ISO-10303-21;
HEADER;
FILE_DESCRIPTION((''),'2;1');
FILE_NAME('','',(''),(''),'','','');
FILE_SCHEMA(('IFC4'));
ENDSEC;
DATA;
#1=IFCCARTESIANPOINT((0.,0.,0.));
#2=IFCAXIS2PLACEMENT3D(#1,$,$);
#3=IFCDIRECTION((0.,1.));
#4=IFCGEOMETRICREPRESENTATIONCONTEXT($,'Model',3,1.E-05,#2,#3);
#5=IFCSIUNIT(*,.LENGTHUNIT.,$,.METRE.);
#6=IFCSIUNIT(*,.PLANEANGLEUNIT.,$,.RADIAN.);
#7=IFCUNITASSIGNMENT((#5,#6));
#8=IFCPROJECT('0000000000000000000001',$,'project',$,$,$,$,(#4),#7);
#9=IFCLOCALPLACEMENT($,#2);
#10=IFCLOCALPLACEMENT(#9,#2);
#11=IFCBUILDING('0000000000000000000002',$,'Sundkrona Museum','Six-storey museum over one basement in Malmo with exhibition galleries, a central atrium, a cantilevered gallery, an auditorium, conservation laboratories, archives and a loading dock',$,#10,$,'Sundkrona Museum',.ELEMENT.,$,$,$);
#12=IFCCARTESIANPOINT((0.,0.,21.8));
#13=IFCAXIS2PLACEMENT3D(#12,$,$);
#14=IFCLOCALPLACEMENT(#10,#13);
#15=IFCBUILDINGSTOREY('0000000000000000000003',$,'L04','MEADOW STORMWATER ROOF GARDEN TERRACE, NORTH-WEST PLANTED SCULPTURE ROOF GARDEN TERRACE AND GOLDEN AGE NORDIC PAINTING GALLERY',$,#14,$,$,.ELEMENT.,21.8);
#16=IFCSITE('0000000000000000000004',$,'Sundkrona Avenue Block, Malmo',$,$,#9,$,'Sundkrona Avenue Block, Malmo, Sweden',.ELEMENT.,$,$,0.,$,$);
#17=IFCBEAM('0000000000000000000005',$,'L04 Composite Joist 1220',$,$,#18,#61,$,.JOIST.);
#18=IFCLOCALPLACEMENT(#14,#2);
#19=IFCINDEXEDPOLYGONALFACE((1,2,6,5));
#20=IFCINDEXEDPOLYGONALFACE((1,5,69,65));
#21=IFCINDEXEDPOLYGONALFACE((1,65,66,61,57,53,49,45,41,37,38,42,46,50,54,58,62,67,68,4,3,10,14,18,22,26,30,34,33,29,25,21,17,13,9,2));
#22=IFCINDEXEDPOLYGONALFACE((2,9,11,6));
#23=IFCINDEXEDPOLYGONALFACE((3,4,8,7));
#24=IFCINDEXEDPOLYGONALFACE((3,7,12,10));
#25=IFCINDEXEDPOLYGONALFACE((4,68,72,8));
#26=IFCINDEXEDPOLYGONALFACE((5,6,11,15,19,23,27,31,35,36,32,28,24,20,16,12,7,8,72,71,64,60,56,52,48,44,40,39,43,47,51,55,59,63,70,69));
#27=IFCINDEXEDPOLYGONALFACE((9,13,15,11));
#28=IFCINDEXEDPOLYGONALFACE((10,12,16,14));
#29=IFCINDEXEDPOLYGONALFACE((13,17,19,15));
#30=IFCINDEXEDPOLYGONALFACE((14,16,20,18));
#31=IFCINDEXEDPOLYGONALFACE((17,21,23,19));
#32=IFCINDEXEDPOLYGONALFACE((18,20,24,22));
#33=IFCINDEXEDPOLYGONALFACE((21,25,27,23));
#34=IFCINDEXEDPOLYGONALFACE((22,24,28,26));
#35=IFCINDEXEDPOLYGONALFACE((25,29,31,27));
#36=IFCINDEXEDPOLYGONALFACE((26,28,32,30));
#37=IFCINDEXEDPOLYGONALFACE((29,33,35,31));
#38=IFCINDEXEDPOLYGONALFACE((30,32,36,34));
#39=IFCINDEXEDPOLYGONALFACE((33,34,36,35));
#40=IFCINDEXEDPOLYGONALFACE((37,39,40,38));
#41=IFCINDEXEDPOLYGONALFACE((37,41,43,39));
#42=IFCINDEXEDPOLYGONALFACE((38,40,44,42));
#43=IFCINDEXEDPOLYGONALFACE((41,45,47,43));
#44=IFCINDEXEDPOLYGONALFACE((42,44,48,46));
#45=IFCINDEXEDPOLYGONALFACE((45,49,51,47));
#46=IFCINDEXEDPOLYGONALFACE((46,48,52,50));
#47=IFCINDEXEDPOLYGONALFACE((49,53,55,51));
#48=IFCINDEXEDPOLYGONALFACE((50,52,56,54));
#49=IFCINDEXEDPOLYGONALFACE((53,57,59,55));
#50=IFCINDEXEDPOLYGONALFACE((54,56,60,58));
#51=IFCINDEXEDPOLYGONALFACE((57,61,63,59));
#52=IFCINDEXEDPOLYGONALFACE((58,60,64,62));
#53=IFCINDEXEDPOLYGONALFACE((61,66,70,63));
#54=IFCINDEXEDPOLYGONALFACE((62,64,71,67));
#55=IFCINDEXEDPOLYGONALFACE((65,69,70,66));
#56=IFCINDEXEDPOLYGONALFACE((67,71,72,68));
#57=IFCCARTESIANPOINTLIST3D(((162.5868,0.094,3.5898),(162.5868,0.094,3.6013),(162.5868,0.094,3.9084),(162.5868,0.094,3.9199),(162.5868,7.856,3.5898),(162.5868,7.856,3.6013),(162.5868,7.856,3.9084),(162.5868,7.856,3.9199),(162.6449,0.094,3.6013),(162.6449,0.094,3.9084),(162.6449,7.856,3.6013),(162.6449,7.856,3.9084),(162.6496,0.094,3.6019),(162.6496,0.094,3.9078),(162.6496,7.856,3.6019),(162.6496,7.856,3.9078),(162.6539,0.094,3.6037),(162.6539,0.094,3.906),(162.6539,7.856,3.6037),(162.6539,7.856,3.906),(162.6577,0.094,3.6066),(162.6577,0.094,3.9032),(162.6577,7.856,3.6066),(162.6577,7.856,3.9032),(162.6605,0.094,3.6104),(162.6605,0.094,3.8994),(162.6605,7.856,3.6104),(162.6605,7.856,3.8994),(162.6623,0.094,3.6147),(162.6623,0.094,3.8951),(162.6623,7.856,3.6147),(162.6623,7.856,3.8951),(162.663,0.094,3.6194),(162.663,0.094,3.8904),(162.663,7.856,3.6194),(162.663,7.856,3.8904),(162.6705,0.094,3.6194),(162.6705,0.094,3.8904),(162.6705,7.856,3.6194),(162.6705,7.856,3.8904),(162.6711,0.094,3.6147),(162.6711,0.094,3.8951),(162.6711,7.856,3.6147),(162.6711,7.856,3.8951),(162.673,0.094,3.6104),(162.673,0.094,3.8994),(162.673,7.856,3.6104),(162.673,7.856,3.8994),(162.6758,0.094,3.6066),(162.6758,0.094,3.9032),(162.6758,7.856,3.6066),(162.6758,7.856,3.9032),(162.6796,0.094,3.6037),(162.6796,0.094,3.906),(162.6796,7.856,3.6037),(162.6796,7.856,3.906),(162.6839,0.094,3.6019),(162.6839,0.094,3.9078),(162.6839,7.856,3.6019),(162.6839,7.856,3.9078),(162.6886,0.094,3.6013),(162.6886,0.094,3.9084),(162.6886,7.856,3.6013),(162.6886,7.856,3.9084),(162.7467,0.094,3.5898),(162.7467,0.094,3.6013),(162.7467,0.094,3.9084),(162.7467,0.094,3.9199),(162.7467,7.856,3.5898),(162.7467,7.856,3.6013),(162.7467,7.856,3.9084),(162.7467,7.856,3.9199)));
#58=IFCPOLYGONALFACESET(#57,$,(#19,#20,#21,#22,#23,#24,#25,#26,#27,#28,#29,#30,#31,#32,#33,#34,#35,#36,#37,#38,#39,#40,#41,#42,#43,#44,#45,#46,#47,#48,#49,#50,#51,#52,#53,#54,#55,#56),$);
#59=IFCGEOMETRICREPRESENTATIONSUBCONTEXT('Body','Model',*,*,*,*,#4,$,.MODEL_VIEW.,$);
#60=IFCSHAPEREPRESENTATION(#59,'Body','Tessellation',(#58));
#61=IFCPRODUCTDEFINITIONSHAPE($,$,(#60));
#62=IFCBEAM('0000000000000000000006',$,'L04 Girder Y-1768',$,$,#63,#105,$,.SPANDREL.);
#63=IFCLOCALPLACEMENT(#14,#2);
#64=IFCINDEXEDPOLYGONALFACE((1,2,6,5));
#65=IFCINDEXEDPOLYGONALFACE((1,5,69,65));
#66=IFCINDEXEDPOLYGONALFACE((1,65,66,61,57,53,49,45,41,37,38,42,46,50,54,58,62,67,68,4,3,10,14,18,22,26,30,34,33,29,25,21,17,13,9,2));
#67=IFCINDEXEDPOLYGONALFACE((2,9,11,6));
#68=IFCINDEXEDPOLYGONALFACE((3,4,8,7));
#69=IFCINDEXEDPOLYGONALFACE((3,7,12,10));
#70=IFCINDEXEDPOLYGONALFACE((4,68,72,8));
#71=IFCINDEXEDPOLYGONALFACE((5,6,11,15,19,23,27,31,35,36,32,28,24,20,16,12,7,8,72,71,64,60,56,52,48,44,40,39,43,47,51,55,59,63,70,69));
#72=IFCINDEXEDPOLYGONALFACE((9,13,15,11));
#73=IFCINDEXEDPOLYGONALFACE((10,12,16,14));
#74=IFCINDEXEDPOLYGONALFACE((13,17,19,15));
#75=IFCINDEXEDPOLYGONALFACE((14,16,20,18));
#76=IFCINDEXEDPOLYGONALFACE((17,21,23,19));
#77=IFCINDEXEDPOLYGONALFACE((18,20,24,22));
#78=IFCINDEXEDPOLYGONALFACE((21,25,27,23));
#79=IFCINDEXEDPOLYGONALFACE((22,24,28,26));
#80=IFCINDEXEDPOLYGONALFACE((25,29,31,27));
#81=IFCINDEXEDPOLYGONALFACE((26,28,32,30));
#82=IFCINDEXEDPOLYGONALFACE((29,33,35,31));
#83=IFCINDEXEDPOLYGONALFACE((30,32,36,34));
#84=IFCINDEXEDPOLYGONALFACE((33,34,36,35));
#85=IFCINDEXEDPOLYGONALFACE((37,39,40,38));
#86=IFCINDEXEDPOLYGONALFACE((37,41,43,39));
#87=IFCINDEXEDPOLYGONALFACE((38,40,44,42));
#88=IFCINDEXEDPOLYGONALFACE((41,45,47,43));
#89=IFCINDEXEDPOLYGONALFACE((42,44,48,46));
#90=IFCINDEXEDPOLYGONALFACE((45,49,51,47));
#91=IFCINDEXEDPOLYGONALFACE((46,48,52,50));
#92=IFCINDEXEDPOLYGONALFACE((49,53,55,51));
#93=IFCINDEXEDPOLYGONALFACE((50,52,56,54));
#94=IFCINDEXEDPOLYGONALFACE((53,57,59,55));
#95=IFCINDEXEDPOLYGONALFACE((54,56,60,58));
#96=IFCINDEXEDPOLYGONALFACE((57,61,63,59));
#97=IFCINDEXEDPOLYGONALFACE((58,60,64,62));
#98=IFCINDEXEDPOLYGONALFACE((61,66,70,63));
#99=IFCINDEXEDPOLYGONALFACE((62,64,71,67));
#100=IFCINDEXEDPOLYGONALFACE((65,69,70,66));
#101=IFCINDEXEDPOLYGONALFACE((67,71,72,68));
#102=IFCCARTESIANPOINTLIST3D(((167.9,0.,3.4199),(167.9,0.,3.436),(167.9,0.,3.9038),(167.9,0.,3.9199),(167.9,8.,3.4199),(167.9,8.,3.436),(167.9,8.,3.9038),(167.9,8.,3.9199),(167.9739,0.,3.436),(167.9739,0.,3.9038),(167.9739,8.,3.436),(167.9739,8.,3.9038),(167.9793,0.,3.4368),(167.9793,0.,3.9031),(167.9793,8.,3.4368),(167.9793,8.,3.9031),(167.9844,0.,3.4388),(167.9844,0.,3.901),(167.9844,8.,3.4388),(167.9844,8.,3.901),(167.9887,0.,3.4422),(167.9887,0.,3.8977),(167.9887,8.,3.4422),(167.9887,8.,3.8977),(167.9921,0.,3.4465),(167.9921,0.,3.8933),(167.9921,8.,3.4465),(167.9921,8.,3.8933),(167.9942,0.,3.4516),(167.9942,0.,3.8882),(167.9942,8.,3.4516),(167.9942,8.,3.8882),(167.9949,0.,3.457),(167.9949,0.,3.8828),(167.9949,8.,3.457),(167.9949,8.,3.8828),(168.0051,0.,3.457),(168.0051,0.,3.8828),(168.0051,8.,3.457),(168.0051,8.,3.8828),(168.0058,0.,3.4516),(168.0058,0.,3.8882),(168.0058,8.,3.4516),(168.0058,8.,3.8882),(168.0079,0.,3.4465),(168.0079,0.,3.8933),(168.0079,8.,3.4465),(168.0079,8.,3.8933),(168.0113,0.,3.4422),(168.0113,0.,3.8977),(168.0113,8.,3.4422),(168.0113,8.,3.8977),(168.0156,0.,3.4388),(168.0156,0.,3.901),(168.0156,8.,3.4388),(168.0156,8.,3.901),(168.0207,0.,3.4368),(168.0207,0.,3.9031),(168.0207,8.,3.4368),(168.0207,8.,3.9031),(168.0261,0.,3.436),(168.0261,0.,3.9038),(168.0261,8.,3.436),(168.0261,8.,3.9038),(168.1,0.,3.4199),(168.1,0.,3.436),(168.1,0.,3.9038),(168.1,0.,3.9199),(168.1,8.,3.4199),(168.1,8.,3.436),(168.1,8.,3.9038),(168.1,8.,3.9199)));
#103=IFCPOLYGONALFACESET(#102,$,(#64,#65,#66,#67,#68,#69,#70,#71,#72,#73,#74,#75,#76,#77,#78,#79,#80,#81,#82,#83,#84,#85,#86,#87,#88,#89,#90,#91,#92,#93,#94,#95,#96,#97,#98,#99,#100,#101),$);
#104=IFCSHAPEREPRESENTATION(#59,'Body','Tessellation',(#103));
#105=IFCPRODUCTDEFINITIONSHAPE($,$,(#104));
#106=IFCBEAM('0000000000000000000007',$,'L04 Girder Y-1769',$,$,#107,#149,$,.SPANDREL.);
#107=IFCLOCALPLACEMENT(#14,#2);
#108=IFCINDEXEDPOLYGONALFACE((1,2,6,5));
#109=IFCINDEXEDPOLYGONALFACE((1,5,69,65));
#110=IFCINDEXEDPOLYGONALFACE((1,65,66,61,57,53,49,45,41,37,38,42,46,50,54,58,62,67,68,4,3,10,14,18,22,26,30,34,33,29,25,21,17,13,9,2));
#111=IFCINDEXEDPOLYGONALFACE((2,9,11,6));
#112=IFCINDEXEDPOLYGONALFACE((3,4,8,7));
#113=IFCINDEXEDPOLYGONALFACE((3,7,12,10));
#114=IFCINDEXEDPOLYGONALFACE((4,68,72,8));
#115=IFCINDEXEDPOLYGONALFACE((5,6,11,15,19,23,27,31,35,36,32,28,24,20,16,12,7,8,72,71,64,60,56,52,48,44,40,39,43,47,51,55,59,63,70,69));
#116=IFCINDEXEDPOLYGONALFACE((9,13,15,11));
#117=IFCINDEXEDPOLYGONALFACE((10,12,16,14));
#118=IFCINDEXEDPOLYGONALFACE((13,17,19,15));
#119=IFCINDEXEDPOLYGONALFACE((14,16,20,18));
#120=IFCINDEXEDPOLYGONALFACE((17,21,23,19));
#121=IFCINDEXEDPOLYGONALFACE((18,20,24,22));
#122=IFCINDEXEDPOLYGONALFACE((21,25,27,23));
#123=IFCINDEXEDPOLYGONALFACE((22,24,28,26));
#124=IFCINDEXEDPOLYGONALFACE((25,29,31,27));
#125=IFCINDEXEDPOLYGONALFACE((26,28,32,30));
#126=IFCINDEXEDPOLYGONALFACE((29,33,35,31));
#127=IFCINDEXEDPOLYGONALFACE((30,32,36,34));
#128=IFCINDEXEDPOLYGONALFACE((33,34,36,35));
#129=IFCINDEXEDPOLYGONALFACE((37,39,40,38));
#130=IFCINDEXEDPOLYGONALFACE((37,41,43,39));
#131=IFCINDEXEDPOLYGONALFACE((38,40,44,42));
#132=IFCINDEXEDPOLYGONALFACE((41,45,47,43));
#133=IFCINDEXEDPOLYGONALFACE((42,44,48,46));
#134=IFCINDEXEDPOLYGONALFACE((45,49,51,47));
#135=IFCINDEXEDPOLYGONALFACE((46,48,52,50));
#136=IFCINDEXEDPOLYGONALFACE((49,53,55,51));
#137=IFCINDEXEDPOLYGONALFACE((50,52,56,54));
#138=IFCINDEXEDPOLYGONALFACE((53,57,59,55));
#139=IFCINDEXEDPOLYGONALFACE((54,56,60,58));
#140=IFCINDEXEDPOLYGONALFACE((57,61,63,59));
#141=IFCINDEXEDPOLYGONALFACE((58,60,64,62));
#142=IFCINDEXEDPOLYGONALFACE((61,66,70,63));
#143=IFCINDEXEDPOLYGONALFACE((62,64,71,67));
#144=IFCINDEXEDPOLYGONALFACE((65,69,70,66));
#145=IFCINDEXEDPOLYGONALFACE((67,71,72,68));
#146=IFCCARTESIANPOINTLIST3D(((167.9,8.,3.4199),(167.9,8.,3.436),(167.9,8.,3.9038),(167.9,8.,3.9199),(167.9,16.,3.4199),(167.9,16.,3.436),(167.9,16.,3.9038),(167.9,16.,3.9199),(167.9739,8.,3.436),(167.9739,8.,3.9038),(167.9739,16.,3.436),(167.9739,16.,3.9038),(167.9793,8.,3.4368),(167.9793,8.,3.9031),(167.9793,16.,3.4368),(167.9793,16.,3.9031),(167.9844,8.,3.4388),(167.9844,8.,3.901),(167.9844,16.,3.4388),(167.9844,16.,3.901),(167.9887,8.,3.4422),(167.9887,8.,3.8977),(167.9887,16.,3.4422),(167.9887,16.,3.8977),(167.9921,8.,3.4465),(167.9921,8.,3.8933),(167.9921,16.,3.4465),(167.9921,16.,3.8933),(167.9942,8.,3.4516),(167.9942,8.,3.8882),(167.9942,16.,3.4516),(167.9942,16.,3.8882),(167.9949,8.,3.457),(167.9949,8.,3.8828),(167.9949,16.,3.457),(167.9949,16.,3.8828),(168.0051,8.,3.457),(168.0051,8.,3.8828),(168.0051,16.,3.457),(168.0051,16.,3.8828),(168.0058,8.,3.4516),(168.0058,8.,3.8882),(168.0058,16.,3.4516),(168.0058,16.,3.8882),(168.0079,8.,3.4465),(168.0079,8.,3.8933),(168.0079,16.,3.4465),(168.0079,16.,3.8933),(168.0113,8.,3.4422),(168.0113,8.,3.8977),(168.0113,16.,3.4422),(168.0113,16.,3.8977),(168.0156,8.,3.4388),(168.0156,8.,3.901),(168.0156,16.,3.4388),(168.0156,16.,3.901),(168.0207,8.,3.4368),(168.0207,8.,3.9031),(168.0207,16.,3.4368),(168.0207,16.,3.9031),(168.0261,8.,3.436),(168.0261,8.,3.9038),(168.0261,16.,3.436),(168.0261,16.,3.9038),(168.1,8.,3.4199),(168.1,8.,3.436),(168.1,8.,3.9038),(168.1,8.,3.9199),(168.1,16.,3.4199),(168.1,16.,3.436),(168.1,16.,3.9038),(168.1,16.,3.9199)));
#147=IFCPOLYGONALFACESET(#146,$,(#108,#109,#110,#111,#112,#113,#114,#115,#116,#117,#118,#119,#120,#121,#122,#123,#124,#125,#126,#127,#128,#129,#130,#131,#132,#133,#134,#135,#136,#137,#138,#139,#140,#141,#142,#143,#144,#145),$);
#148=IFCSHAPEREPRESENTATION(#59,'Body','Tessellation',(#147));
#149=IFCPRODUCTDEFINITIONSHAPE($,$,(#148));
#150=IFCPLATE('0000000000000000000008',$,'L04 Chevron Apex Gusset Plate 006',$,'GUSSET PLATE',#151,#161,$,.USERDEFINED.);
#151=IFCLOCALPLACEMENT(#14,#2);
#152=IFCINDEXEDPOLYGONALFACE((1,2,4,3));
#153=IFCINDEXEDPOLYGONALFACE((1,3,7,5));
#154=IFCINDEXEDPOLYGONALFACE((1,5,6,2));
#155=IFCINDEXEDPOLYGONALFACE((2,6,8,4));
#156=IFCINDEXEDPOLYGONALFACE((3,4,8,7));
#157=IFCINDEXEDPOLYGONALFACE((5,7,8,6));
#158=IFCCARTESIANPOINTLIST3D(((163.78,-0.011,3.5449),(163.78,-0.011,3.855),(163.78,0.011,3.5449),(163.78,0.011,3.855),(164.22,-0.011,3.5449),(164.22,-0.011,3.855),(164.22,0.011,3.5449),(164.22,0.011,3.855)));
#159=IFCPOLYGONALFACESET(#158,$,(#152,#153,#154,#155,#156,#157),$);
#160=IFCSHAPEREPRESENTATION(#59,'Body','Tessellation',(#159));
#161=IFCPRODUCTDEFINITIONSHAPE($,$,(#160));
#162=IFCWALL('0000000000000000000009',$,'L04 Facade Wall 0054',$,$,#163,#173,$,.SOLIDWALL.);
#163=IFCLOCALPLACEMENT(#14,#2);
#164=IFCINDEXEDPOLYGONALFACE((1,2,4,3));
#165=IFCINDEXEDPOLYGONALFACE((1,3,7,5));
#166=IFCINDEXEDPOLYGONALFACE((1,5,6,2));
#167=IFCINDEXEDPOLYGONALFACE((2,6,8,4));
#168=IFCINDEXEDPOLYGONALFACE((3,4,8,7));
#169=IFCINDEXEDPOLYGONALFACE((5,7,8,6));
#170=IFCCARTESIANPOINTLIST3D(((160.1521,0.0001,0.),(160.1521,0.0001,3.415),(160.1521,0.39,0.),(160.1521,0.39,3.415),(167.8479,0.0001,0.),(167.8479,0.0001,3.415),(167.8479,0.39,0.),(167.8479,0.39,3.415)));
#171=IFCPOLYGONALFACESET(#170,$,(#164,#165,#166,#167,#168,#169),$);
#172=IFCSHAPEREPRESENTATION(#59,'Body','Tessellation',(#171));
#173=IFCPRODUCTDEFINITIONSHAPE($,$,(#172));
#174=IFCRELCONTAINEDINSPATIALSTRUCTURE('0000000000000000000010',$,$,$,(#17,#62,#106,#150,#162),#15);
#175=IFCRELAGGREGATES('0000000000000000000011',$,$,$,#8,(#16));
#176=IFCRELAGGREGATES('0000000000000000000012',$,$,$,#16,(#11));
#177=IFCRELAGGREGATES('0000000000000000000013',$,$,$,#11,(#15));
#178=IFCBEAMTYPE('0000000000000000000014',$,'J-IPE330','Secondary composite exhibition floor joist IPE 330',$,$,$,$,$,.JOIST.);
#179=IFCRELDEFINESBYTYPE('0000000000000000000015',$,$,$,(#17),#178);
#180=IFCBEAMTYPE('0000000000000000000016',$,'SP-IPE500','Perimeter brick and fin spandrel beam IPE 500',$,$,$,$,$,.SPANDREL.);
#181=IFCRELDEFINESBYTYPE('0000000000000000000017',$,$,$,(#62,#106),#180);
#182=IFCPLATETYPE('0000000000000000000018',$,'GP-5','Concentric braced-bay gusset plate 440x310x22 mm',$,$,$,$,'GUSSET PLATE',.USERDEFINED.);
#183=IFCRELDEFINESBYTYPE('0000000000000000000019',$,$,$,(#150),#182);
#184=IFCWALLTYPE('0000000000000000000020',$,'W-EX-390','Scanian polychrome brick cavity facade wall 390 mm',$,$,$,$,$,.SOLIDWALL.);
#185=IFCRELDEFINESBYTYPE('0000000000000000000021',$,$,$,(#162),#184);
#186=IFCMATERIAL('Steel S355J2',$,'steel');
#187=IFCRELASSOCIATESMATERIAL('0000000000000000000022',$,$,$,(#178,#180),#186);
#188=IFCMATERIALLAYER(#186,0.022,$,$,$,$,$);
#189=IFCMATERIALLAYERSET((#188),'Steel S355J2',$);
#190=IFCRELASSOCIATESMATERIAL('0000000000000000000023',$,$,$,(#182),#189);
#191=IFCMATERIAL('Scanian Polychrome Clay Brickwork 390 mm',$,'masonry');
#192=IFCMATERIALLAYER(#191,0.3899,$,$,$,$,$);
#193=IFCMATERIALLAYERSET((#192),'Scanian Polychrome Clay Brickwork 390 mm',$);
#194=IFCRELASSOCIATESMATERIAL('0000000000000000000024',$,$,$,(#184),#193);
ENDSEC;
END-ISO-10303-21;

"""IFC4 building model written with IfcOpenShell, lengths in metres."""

from ifc_helpers import new_model, si_unit, direction, frame, frame_2d, origin, origin_2d, place, context, subcontext, project, spatial, rectangle, i_section, extrude, material, layer, layer_set, material_profile, profile_set, type_object, element, save


model = new_model("IFC4")

# Units and contexts
model_context = context("Model", 3, precision=1e-05, world=origin(), true_north=direction((0.0, 1.0)))
body_context = subcontext(model_context, "Body", "Model", "MODEL_VIEW")
ifc_project = project(units=[si_unit("LENGTHUNIT", "METRE"), si_unit("PLANEANGLEUNIT", "RADIAN")], contexts=[model_context])

# Site, building, storey
site_placement = place(None, origin())
site = spatial("IfcSite", under=ifc_project, at=site_placement, Name="Sundkrona Avenue Block, Malmo", LongName="Sundkrona Avenue Block, Malmo, Sweden", CompositionType="ELEMENT", RefElevation=0.0)
building_placement = place(site_placement, origin())
building = spatial("IfcBuilding", under=site, at=building_placement, Name="Sundkrona Museum", Description="Six-storey museum over one basement in Malmo with exhibition galleries, a central atrium, a cantilevered gallery, an auditorium, conservation laboratories, archives and a loading dock", LongName="Sundkrona Museum", CompositionType="ELEMENT")
storey_placement = place(building_placement, frame((0.0, 0.0, 21.8)))
storey = spatial("IfcBuildingStorey", under=building, at=storey_placement, Name="L04", Description="MEADOW STORMWATER ROOF GARDEN TERRACE, NORTH-WEST PLANTED SCULPTURE ROOF GARDEN TERRACE AND GOLDEN AGE NORDIC PAINTING GALLERY", CompositionType="ELEMENT", Elevation=21.8)

# Shared definitions
ifc_material_1 = material(Name="Steel S355J2", Category="steel")

# Beams
ifc_material_profile_1 = material_profile(ifc_material_1, i_section(OverallWidth=0.1599, OverallDepth=0.3301, WebThickness=0.0076, FlangeThickness=0.0115, FilletRadius=0.0181, at=origin_2d()), Name="IPE 330")
ifc_profile_set_1 = profile_set([ifc_material_profile_1], Name="Steel S355J2")
beam_type_1 = type_object("IfcBeamType", Name="J-IPE330", Description="Secondary composite exhibition floor joist IPE 330", PredefinedType="JOIST", material=ifc_profile_set_1)
beam_1_placement = place(storey_placement, frame((162.6667, 0.094, 3.7549), z_axis=(0.0, 1.0, 0.0), x_axis=(-1.0, 0.0, 0.0)))
element("IfcBeam", 1, at=beam_1_placement, inside=storey, type_object=beam_type_1, Name="L04 Composite Joist 1220", PredefinedType="JOIST", context=body_context, shape_type="SweptSolid", body=[
    extrude(i_section(OverallWidth=0.1599, OverallDepth=0.3301, WebThickness=0.0076, FlangeThickness=0.0115, FilletRadius=0.0181, at=origin_2d()), origin(), (0.0, 0.0, 1.0), 7.762),
])
ifc_material_profile_2 = material_profile(ifc_material_1, i_section(OverallWidth=0.2, OverallDepth=0.5, WebThickness=0.0103, FlangeThickness=0.0161, FilletRadius=0.021, at=origin_2d()), Name="IPE 500")
ifc_profile_set_2 = profile_set([ifc_material_profile_2], Name="Steel S355J2")
beam_type_2 = type_object("IfcBeamType", Name="SP-IPE500", Description="Perimeter brick and fin spandrel beam IPE 500", PredefinedType="SPANDREL", material=ifc_profile_set_2)
for number, where, z_axis, x_axis, name in (
    (2, (168.0, 0.0, 3.6699), (0.0, 1.0, 0.0), (-1.0, 0.0, 0.0), "L04 Girder Y-1768"),
    (3, (168.0, 8.0, 3.6699), (0.0, 1.0, 0.0), (-1.0, 0.0, 0.0), "L04 Girder Y-1769"),
):
    element("IfcBeam", number, at=place(storey_placement, frame(where, z_axis=z_axis, x_axis=x_axis)), inside=storey, type_object=beam_type_2, Name=name, PredefinedType="SPANDREL", context=body_context, shape_type="SweptSolid", body=[
        extrude(i_section(OverallWidth=0.2, OverallDepth=0.5, WebThickness=0.0103, FlangeThickness=0.0161, FilletRadius=0.021, at=origin_2d()), origin(), (0.0, 0.0, 1.0), 8.0),
    ])

# Plate
ifc_layer_1 = layer(ifc_material_1, 0.022)
ifc_layer_set_1 = layer_set([ifc_layer_1], Name="Steel S355J2")
plate_type = type_object("IfcPlateType", Name="GP-5", Description="Concentric braced-bay gusset plate 440x310x22 mm", ElementType="GUSSET PLATE", PredefinedType="USERDEFINED", material=ifc_layer_set_1)
plate_placement = place(storey_placement, frame((164.0, 0.0, 3.5449), z_axis=(0.0, 0.0, 1.0), x_axis=(1.0, 0.0, 0.0)))
element("IfcPlate", 4, at=plate_placement, inside=storey, type_object=plate_type, Name="L04 Chevron Apex Gusset Plate 006", ObjectType="GUSSET PLATE", PredefinedType="USERDEFINED", context=body_context, shape_type="SweptSolid", body=[
    extrude(rectangle(XDim=0.4399, YDim=0.022, at=origin_2d()), origin(), (0.0, 0.0, 1.0), 0.3101),
])

# Wall
ifc_material_2 = material(Name="Scanian Polychrome Clay Brickwork 390 mm", Category="masonry")
ifc_layer_2 = layer(ifc_material_2, 0.3899)
ifc_layer_set_2 = layer_set([ifc_layer_2], Name="Scanian Polychrome Clay Brickwork 390 mm")
wall_type = type_object("IfcWallType", Name="W-EX-390", Description="Scanian polychrome brick cavity facade wall 390 mm", PredefinedType="SOLIDWALL", material=ifc_layer_set_2)
wall_1_placement = place(storey_placement, frame((167.8479, 0.1951, 0.0), z_axis=(0.0, 0.0, 1.0), x_axis=(-1.0, 0.0, 0.0)))
element("IfcWall", 5, at=wall_1_placement, inside=storey, type_object=wall_type, Name="L04 Facade Wall 0054", PredefinedType="SOLIDWALL", context=body_context, shape_type="SweptSolid", body=[
    extrude(rectangle(XDim=7.6958, YDim=0.3899, at=frame_2d((3.8479, 0.0))), origin(), (0.0, 0.0, 1.0), 3.415),
])

save(model, "model.ifc")
